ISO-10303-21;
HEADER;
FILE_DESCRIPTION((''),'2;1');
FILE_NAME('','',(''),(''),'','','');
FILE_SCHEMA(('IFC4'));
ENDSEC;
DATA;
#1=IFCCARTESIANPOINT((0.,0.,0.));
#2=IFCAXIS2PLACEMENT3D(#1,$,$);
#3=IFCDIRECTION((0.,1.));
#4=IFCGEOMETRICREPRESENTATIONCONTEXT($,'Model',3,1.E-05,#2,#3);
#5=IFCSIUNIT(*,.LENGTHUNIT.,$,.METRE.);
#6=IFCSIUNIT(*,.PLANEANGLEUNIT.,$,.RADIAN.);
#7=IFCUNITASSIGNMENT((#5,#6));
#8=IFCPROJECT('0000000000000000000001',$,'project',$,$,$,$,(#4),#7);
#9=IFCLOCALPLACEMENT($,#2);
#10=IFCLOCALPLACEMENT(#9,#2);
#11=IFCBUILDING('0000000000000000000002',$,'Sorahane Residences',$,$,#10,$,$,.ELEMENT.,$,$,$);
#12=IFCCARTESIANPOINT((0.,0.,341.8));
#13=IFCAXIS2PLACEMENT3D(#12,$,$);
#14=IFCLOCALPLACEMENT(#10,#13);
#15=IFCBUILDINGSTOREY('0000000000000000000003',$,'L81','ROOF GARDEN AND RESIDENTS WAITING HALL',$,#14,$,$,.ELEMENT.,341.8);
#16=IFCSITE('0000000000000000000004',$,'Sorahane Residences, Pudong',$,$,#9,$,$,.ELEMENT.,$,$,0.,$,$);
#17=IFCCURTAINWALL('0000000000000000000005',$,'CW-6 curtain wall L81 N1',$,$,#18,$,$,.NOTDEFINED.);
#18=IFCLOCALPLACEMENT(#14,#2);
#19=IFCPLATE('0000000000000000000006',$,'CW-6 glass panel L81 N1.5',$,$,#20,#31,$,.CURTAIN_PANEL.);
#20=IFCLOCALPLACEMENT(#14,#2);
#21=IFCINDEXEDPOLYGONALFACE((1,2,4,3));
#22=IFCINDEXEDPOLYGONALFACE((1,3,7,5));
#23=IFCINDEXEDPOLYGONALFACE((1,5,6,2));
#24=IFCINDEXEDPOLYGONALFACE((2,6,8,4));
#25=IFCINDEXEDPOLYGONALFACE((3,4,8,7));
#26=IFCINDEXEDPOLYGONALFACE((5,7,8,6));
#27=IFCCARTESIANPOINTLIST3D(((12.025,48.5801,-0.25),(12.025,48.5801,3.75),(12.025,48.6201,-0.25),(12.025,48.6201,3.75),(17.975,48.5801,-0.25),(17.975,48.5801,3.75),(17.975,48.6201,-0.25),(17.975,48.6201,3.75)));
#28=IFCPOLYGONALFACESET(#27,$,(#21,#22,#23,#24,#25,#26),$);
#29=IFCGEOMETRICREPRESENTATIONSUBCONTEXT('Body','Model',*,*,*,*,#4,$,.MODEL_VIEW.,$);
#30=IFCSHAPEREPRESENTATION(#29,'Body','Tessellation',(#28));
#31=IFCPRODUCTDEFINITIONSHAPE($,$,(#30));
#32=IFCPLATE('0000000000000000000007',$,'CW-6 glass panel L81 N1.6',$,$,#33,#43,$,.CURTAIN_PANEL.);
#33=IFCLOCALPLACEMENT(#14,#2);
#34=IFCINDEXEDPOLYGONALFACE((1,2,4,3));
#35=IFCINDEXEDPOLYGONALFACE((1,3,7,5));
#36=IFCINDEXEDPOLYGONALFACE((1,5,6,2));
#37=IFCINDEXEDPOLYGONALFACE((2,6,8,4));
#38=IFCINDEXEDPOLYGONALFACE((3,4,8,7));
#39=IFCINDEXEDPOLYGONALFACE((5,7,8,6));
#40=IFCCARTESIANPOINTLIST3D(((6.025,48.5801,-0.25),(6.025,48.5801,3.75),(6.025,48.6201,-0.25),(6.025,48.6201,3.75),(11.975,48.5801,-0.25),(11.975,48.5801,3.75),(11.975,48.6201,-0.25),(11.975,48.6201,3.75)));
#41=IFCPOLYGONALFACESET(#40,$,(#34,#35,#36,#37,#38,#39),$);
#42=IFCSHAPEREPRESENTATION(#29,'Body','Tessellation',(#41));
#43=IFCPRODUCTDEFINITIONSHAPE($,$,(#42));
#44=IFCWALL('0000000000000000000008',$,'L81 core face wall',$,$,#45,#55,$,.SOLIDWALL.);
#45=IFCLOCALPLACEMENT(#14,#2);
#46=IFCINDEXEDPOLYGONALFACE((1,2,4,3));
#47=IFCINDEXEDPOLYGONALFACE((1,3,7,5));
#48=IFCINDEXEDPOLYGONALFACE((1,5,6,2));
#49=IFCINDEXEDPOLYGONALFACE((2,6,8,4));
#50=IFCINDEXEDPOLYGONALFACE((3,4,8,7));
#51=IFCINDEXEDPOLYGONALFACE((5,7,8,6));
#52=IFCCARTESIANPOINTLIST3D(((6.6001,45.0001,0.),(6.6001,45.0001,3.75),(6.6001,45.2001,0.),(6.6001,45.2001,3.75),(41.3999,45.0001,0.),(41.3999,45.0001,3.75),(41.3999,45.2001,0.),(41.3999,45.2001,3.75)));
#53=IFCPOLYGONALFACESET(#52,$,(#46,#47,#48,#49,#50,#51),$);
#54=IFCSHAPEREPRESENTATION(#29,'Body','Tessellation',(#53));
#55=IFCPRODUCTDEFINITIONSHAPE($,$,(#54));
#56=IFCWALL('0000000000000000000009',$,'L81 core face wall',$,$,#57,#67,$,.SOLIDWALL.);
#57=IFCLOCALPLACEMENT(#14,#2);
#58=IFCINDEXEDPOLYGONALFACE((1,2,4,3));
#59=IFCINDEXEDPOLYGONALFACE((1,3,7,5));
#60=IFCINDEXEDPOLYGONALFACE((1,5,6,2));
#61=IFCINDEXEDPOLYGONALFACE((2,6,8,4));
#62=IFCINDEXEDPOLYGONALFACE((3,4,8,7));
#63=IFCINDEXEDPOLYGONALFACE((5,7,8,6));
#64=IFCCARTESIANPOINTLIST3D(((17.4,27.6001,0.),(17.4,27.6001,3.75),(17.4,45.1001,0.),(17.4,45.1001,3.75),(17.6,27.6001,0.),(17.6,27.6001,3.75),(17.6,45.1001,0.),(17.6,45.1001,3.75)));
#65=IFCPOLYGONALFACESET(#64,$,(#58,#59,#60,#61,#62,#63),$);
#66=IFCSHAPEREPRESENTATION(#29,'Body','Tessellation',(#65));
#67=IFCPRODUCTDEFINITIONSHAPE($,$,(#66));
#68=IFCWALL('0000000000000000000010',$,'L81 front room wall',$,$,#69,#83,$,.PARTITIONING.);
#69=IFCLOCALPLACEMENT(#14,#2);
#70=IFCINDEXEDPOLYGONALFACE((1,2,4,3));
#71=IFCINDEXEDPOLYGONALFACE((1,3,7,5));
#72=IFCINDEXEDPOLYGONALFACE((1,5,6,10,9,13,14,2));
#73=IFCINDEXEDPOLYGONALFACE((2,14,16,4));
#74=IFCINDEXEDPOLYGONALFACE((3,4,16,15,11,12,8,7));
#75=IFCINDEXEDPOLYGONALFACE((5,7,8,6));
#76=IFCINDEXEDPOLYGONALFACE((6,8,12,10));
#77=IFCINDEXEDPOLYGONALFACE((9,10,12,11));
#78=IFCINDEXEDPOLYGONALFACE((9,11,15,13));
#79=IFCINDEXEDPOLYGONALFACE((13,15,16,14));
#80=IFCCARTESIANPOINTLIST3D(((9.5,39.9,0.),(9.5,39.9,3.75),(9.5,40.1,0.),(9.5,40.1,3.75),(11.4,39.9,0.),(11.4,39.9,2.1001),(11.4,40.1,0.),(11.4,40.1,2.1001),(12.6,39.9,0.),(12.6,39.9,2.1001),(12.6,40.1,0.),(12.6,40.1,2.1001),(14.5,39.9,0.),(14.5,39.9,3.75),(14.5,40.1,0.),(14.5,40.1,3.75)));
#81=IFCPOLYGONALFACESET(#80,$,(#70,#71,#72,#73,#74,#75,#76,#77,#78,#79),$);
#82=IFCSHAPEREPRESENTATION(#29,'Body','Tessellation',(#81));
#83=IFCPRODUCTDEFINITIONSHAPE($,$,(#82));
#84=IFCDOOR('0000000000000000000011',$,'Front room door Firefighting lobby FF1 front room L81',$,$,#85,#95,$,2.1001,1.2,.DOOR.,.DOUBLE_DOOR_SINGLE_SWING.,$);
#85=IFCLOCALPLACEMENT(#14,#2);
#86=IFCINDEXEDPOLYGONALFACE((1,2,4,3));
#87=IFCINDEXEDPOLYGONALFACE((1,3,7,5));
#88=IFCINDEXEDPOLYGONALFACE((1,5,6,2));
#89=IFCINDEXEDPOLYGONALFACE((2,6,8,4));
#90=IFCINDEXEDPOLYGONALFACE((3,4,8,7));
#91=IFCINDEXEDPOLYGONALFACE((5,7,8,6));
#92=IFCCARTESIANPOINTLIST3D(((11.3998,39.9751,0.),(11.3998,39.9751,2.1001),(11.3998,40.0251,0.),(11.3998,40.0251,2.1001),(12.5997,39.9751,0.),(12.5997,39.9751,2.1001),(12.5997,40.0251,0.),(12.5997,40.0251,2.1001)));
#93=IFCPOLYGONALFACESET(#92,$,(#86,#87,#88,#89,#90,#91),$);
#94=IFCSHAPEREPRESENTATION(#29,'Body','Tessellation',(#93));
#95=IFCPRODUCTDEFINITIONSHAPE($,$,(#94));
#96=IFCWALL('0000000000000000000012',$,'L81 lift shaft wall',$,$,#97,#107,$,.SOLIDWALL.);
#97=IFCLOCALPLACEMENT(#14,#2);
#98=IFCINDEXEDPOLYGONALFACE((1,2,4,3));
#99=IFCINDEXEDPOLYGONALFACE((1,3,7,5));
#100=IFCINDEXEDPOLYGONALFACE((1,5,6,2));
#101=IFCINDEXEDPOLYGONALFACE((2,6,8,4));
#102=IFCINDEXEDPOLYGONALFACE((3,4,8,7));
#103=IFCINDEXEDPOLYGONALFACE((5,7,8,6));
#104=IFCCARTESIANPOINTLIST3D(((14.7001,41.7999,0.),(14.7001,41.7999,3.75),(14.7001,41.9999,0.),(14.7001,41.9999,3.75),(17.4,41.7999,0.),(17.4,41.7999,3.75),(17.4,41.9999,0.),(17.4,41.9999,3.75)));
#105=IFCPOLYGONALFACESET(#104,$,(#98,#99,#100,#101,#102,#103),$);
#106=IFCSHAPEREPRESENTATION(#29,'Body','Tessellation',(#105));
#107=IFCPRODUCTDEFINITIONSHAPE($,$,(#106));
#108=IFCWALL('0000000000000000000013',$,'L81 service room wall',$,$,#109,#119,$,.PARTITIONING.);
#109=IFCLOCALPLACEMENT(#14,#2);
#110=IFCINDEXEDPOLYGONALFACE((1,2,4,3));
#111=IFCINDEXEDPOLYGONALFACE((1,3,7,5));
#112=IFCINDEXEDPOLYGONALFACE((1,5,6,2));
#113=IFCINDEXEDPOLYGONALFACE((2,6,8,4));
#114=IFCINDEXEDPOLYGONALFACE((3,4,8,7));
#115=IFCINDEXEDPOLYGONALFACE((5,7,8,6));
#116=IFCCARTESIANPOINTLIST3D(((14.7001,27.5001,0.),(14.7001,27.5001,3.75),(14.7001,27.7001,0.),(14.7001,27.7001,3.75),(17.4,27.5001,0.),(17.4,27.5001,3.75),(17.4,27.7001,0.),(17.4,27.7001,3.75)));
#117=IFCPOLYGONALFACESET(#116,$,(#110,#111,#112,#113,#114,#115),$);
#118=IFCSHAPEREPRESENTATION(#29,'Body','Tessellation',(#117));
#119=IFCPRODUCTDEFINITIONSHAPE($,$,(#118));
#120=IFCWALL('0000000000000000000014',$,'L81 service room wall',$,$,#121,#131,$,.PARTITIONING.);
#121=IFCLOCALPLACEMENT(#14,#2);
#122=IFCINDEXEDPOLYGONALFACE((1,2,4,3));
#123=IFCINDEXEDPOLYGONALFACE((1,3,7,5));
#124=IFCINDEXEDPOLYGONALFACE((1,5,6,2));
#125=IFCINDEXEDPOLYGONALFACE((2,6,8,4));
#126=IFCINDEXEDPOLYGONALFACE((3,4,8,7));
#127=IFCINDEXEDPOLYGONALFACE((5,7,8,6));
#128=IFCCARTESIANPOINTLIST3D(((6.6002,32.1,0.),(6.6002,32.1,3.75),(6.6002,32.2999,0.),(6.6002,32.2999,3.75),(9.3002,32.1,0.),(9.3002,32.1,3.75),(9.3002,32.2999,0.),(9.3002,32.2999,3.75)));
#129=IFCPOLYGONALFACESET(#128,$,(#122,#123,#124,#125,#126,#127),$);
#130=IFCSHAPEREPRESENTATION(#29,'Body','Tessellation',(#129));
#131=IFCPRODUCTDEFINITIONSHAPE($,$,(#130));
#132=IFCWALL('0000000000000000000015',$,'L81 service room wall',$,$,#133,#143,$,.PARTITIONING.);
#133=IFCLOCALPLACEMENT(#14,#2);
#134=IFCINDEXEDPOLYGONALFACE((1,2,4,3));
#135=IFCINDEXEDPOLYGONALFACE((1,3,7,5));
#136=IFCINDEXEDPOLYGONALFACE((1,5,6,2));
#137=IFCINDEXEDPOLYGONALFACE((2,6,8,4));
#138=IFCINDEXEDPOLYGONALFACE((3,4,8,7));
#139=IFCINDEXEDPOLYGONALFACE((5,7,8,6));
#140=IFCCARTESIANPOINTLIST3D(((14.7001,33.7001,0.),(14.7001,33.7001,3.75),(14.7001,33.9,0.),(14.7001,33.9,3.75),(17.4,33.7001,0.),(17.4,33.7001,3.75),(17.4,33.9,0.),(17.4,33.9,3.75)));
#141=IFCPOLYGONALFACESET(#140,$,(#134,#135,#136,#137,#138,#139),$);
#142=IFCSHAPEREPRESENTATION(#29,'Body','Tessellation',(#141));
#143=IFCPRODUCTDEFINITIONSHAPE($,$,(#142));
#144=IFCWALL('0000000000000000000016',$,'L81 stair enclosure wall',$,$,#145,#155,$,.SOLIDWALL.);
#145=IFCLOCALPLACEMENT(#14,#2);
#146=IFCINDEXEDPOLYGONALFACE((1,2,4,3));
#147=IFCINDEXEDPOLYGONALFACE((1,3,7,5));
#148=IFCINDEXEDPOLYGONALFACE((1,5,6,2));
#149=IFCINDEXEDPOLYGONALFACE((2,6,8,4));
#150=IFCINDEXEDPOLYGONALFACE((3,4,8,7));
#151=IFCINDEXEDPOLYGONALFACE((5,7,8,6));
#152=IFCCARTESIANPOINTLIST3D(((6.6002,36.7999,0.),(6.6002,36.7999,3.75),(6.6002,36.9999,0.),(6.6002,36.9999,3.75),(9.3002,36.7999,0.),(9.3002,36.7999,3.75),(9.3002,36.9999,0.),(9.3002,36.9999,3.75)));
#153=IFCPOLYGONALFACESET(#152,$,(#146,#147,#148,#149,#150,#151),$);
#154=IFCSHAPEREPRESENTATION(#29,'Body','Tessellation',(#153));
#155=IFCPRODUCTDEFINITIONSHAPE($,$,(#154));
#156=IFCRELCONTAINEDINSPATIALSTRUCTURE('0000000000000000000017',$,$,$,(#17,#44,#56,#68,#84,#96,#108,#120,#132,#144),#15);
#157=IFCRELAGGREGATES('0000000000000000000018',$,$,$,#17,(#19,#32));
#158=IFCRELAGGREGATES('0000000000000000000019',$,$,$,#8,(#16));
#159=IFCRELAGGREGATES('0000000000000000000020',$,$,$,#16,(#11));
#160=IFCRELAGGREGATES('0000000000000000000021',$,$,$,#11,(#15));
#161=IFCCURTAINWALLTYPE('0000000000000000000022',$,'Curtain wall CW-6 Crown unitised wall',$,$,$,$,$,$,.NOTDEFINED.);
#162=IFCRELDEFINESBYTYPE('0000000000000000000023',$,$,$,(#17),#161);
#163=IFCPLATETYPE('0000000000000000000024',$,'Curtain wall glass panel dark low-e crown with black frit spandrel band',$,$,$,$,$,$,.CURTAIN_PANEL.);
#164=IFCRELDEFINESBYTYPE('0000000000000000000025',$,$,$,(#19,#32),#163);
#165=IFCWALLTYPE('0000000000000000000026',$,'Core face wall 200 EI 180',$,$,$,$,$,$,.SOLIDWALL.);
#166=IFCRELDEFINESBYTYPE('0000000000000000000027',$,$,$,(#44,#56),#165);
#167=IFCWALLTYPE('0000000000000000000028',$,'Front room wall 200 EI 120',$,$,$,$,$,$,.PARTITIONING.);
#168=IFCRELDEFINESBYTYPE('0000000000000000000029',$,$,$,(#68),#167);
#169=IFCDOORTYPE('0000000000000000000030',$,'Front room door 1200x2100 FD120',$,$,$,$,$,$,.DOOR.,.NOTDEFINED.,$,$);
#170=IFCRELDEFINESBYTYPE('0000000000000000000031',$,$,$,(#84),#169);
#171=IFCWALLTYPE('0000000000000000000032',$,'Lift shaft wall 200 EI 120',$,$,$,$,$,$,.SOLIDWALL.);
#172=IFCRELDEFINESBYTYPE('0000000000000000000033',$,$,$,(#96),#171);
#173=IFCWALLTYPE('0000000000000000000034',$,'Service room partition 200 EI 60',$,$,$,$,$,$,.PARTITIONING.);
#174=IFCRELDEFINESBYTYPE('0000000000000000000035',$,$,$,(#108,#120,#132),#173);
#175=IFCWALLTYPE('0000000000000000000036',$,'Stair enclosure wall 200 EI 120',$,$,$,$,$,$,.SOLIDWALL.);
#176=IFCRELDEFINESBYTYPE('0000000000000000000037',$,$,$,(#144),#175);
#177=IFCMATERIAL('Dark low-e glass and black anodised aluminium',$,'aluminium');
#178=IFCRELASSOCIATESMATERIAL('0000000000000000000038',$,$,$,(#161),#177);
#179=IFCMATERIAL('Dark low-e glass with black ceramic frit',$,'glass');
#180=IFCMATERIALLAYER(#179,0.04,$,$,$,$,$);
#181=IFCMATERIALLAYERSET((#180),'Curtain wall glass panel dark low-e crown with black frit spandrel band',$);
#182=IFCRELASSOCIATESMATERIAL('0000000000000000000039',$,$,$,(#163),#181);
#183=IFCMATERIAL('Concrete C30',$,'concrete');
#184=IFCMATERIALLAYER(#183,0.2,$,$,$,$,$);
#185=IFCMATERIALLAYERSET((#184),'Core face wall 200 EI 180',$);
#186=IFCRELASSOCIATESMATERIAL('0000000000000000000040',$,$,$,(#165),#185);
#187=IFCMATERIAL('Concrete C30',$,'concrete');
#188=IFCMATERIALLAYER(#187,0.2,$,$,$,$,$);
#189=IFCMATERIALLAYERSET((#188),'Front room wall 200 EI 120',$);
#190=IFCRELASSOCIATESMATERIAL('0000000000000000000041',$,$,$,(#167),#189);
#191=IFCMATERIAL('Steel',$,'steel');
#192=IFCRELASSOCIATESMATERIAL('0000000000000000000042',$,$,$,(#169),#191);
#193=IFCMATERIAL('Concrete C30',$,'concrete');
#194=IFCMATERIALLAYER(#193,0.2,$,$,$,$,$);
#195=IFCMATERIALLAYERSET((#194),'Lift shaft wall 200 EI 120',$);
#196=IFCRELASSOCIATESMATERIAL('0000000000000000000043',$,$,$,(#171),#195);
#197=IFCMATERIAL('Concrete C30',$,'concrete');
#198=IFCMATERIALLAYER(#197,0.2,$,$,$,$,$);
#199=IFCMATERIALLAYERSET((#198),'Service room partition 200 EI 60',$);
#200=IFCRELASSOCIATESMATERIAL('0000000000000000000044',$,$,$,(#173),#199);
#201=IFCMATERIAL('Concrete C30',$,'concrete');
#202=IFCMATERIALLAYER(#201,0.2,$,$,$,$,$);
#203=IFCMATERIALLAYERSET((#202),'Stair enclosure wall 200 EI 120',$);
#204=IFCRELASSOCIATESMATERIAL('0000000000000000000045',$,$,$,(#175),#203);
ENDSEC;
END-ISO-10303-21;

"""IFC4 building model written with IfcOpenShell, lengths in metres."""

from ifc_helpers import new_model, si_unit, direction, frame, frame_2d, origin, origin_2d, place, context, subcontext, project, spatial, rectangle, extrude, material, layer, layer_set, type_object, element, fill, aggregate, save


model = new_model("IFC4")

# Units and contexts
model_context = context("Model", 3, precision=1e-05, world=origin(), true_north=direction((0.0, 1.0)))
body_context = subcontext(model_context, "Body", "Model", "MODEL_VIEW")
ifc_project = project(units=[si_unit("LENGTHUNIT", "METRE"), si_unit("PLANEANGLEUNIT", "RADIAN")], contexts=[model_context])

# Site, building, storey
site_placement = place(None, origin())
site = spatial("IfcSite", under=ifc_project, at=site_placement, Name="Sorahane Residences, Pudong", CompositionType="ELEMENT", RefElevation=0.0)
building_placement = place(site_placement, origin())
building = spatial("IfcBuilding", under=site, at=building_placement, Name="Sorahane Residences", CompositionType="ELEMENT")
storey_placement = place(building_placement, frame((0.0, 0.0, 341.8)))
storey = spatial("IfcBuildingStorey", under=building, at=storey_placement, Name="L81", Description="ROOF GARDEN AND RESIDENTS WAITING HALL", CompositionType="ELEMENT", Elevation=341.8)

# Curtain wall
ifc_material_1 = material(Name="Dark low-e glass and black anodised aluminium", Category="aluminium")
curtain_wall_type = type_object("IfcCurtainWallType", Name="Curtain wall CW-6 Crown unitised wall", PredefinedType="NOTDEFINED", material=ifc_material_1)
curtain_wall_placement = place(storey_placement, origin())
curtain_wall = element("IfcCurtainWall", 1, at=curtain_wall_placement, inside=storey, type_object=curtain_wall_type, Name="CW-6 curtain wall L81 N1", PredefinedType="NOTDEFINED")

# Plates
ifc_material_2 = material(Name="Dark low-e glass with black ceramic frit", Category="glass")
ifc_layer_1 = layer(ifc_material_2, 0.04)
ifc_layer_set_1 = layer_set([ifc_layer_1], Name="Curtain wall glass panel dark low-e crown with black frit spandrel band")
plate_type = type_object("IfcPlateType", Name="Curtain wall glass panel dark low-e crown with black frit spandrel band", PredefinedType="CURTAIN_PANEL", material=ifc_layer_set_1)
plate_1_placement = place(storey_placement, frame((15.0, 48.6001, -0.25), z_axis=(0.0, 0.0, 1.0), x_axis=(-1.0, 0.0, 0.0)))
plate_1 = element("IfcPlate", 2, at=plate_1_placement, type_object=plate_type, Name="CW-6 glass panel L81 N1.5", PredefinedType="CURTAIN_PANEL", context=body_context, shape_type="SweptSolid", body=[
    extrude(rectangle(XDim=5.95, YDim=0.04, at=origin_2d()), origin(), (0.0, 0.0, 1.0), 4.0),
])
plate_2_placement = place(storey_placement, frame((9.0, 48.6001, -0.25), z_axis=(0.0, 0.0, 1.0), x_axis=(-1.0, 0.0, 0.0)))
plate_2 = element("IfcPlate", 3, at=plate_2_placement, type_object=plate_type, Name="CW-6 glass panel L81 N1.6", PredefinedType="CURTAIN_PANEL", context=body_context, shape_type="SweptSolid", body=[
    extrude(rectangle(XDim=5.95, YDim=0.04, at=origin_2d()), origin(), (0.0, 0.0, 1.0), 4.0),
])
aggregate(curtain_wall, [plate_1, plate_2])

# Walls
ifc_material_3 = material(Name="Concrete C30", Category="concrete")
ifc_layer_2 = layer(ifc_material_3, 0.2)
ifc_layer_set_2 = layer_set([ifc_layer_2], Name="Core face wall 200 EI 180")
wall_type_1 = type_object("IfcWallType", Name="Core face wall 200 EI 180", PredefinedType="SOLIDWALL", material=ifc_layer_set_2)
wall_1_placement = place(storey_placement, frame((6.6001, 45.1001, 0.0), z_axis=(0.0, 0.0, 1.0), x_axis=(1.0, 0.0, 0.0)))
element("IfcWall", 4, at=wall_1_placement, inside=storey, type_object=wall_type_1, Name="L81 core face wall", PredefinedType="SOLIDWALL", context=body_context, shape_type="SweptSolid", body=[
    extrude(rectangle(XDim=34.7998, YDim=0.2, at=frame_2d((17.3999, 0.0))), origin(), (0.0, 0.0, 1.0), 3.75),
])
wall_2_placement = place(storey_placement, frame((17.5, 27.6001, 0.0), z_axis=(0.0, 0.0, 1.0), x_axis=(0.0, 1.0, 0.0)))
element("IfcWall", 5, at=wall_2_placement, inside=storey, type_object=wall_type_1, Name="L81 core face wall", PredefinedType="SOLIDWALL", context=body_context, shape_type="SweptSolid", body=[
    extrude(rectangle(XDim=17.5, YDim=0.2, at=frame_2d((8.75, 0.0))), origin(), (0.0, 0.0, 1.0), 3.75),
])

# Wall, opening, door
ifc_material_4 = material(Name="Concrete C30", Category="concrete")
ifc_layer_3 = layer(ifc_material_4, 0.2)
ifc_layer_set_3 = layer_set([ifc_layer_3], Name="Front room wall 200 EI 120")
wall_type_2 = type_object("IfcWallType", Name="Front room wall 200 EI 120", PredefinedType="PARTITIONING", material=ifc_layer_set_3)
wall_3_placement = place(storey_placement, frame((9.5, 40.0, 0.0), z_axis=(0.0, 0.0, 1.0), x_axis=(1.0, 0.0, 0.0)))
wall_3 = element("IfcWall", 6, at=wall_3_placement, inside=storey, type_object=wall_type_2, Name="L81 front room wall", PredefinedType="PARTITIONING", context=body_context, shape_type="SweptSolid", body=[
    extrude(rectangle(XDim=5.0, YDim=0.2, at=frame_2d((2.5, 0.0))), origin(), (0.0, 0.0, 1.0), 3.75),
])
opening_placement = place(wall_3_placement, frame((1.8999, 0.0, 0.0)))
opening = element("IfcOpeningElement", 7, at=opening_placement, cuts=wall_3, PredefinedType="OPENING", context=body_context, shape_type="SweptSolid", body=[
    extrude(rectangle(XDim=1.2, YDim=2.1001, at=frame_2d((0.6001, 1.05))), frame((0.0, 0.1099, 0.0), z_axis=(0.0, -1.0, 0.0), x_axis=(1.0, 0.0, 0.0)), (0.0, 0.0, 1.0), 0.22),
])
ifc_material_5 = material(Name="Steel", Category="steel")
door_type = type_object("IfcDoorType", Name="Front room door 1200x2100 FD120", OperationType="NOTDEFINED", PredefinedType="DOOR", material=ifc_material_5)
door_placement = place(opening_placement, frame((1.2, 0.0, 0.0), z_axis=(0.0, 0.0, 1.0), x_axis=(-1.0, 0.0, 0.0)))
door = element("IfcDoor", 8, at=door_placement, inside=storey, type_object=door_type, Name="Front room door Firefighting lobby FF1 front room L81", OperationType="DOUBLE_DOOR_SINGLE_SWING", OverallHeight=2.1001, OverallWidth=1.2, PredefinedType="DOOR", context=body_context, shape_type="SweptSolid", body=[
    extrude(rectangle(XDim=1.2, YDim=2.1001, at=frame_2d((0.6001, 1.05))), frame((0.0, 0.0249, 0.0), z_axis=(0.0, -1.0, 0.0), x_axis=(1.0, 0.0, 0.0)), (0.0, 0.0, 1.0), 0.05),
])
fill(opening, door)

# Walls
ifc_material_6 = material(Name="Concrete C30", Category="concrete")
ifc_layer_4 = layer(ifc_material_6, 0.2)
ifc_layer_set_4 = layer_set([ifc_layer_4], Name="Lift shaft wall 200 EI 120")
wall_type_3 = type_object("IfcWallType", Name="Lift shaft wall 200 EI 120", PredefinedType="SOLIDWALL", material=ifc_layer_set_4)
wall_4_placement = place(storey_placement, frame((14.7, 41.8999, 0.0), z_axis=(0.0, 0.0, 1.0), x_axis=(1.0, 0.0, 0.0)))
element("IfcWall", 9, at=wall_4_placement, inside=storey, type_object=wall_type_3, Name="L81 lift shaft wall", PredefinedType="SOLIDWALL", context=body_context, shape_type="SweptSolid", body=[
    extrude(rectangle(XDim=2.7, YDim=0.2, at=frame_2d((1.3501, 0.0))), origin(), (0.0, 0.0, 1.0), 3.75),
])
ifc_material_7 = material(Name="Concrete C30", Category="concrete")
ifc_layer_5 = layer(ifc_material_7, 0.2)
ifc_layer_set_5 = layer_set([ifc_layer_5], Name="Service room partition 200 EI 60")
wall_type_4 = type_object("IfcWallType", Name="Service room partition 200 EI 60", PredefinedType="PARTITIONING", material=ifc_layer_set_5)
for number, where, z_axis, x_axis, name in (
    (10, (14.7, 27.6001, 0.0), (0.0, 0.0, 1.0), (1.0, 0.0, 0.0), "L81 service room wall"),
    (11, (6.6001, 32.2, 0.0), (0.0, 0.0, 1.0), (1.0, 0.0, 0.0), "L81 service room wall"),
    (12, (14.7, 33.8, 0.0), (0.0, 0.0, 1.0), (1.0, 0.0, 0.0), "L81 service room wall"),
):
    element("IfcWall", number, at=place(storey_placement, frame(where, z_axis=z_axis, x_axis=x_axis)), inside=storey, type_object=wall_type_4, Name=name, PredefinedType="PARTITIONING", context=body_context, shape_type="SweptSolid", body=[
        extrude(rectangle(XDim=2.7, YDim=0.2, at=frame_2d((1.3501, 0.0))), origin(), (0.0, 0.0, 1.0), 3.75),
    ])
ifc_material_8 = material(Name="Concrete C30", Category="concrete")
ifc_layer_6 = layer(ifc_material_8, 0.2)
ifc_layer_set_6 = layer_set([ifc_layer_6], Name="Stair enclosure wall 200 EI 120")
wall_type_5 = type_object("IfcWallType", Name="Stair enclosure wall 200 EI 120", PredefinedType="SOLIDWALL", material=ifc_layer_set_6)
wall_5_placement = place(storey_placement, frame((6.6001, 36.8999, 0.0), z_axis=(0.0, 0.0, 1.0), x_axis=(1.0, 0.0, 0.0)))
element("IfcWall", 13, at=wall_5_placement, inside=storey, type_object=wall_type_5, Name="L81 stair enclosure wall", PredefinedType="SOLIDWALL", context=body_context, shape_type="SweptSolid", body=[
    extrude(rectangle(XDim=2.7, YDim=0.2, at=frame_2d((1.3501, 0.0))), origin(), (0.0, 0.0, 1.0), 3.75),
])

save(model, "model.ifc")
